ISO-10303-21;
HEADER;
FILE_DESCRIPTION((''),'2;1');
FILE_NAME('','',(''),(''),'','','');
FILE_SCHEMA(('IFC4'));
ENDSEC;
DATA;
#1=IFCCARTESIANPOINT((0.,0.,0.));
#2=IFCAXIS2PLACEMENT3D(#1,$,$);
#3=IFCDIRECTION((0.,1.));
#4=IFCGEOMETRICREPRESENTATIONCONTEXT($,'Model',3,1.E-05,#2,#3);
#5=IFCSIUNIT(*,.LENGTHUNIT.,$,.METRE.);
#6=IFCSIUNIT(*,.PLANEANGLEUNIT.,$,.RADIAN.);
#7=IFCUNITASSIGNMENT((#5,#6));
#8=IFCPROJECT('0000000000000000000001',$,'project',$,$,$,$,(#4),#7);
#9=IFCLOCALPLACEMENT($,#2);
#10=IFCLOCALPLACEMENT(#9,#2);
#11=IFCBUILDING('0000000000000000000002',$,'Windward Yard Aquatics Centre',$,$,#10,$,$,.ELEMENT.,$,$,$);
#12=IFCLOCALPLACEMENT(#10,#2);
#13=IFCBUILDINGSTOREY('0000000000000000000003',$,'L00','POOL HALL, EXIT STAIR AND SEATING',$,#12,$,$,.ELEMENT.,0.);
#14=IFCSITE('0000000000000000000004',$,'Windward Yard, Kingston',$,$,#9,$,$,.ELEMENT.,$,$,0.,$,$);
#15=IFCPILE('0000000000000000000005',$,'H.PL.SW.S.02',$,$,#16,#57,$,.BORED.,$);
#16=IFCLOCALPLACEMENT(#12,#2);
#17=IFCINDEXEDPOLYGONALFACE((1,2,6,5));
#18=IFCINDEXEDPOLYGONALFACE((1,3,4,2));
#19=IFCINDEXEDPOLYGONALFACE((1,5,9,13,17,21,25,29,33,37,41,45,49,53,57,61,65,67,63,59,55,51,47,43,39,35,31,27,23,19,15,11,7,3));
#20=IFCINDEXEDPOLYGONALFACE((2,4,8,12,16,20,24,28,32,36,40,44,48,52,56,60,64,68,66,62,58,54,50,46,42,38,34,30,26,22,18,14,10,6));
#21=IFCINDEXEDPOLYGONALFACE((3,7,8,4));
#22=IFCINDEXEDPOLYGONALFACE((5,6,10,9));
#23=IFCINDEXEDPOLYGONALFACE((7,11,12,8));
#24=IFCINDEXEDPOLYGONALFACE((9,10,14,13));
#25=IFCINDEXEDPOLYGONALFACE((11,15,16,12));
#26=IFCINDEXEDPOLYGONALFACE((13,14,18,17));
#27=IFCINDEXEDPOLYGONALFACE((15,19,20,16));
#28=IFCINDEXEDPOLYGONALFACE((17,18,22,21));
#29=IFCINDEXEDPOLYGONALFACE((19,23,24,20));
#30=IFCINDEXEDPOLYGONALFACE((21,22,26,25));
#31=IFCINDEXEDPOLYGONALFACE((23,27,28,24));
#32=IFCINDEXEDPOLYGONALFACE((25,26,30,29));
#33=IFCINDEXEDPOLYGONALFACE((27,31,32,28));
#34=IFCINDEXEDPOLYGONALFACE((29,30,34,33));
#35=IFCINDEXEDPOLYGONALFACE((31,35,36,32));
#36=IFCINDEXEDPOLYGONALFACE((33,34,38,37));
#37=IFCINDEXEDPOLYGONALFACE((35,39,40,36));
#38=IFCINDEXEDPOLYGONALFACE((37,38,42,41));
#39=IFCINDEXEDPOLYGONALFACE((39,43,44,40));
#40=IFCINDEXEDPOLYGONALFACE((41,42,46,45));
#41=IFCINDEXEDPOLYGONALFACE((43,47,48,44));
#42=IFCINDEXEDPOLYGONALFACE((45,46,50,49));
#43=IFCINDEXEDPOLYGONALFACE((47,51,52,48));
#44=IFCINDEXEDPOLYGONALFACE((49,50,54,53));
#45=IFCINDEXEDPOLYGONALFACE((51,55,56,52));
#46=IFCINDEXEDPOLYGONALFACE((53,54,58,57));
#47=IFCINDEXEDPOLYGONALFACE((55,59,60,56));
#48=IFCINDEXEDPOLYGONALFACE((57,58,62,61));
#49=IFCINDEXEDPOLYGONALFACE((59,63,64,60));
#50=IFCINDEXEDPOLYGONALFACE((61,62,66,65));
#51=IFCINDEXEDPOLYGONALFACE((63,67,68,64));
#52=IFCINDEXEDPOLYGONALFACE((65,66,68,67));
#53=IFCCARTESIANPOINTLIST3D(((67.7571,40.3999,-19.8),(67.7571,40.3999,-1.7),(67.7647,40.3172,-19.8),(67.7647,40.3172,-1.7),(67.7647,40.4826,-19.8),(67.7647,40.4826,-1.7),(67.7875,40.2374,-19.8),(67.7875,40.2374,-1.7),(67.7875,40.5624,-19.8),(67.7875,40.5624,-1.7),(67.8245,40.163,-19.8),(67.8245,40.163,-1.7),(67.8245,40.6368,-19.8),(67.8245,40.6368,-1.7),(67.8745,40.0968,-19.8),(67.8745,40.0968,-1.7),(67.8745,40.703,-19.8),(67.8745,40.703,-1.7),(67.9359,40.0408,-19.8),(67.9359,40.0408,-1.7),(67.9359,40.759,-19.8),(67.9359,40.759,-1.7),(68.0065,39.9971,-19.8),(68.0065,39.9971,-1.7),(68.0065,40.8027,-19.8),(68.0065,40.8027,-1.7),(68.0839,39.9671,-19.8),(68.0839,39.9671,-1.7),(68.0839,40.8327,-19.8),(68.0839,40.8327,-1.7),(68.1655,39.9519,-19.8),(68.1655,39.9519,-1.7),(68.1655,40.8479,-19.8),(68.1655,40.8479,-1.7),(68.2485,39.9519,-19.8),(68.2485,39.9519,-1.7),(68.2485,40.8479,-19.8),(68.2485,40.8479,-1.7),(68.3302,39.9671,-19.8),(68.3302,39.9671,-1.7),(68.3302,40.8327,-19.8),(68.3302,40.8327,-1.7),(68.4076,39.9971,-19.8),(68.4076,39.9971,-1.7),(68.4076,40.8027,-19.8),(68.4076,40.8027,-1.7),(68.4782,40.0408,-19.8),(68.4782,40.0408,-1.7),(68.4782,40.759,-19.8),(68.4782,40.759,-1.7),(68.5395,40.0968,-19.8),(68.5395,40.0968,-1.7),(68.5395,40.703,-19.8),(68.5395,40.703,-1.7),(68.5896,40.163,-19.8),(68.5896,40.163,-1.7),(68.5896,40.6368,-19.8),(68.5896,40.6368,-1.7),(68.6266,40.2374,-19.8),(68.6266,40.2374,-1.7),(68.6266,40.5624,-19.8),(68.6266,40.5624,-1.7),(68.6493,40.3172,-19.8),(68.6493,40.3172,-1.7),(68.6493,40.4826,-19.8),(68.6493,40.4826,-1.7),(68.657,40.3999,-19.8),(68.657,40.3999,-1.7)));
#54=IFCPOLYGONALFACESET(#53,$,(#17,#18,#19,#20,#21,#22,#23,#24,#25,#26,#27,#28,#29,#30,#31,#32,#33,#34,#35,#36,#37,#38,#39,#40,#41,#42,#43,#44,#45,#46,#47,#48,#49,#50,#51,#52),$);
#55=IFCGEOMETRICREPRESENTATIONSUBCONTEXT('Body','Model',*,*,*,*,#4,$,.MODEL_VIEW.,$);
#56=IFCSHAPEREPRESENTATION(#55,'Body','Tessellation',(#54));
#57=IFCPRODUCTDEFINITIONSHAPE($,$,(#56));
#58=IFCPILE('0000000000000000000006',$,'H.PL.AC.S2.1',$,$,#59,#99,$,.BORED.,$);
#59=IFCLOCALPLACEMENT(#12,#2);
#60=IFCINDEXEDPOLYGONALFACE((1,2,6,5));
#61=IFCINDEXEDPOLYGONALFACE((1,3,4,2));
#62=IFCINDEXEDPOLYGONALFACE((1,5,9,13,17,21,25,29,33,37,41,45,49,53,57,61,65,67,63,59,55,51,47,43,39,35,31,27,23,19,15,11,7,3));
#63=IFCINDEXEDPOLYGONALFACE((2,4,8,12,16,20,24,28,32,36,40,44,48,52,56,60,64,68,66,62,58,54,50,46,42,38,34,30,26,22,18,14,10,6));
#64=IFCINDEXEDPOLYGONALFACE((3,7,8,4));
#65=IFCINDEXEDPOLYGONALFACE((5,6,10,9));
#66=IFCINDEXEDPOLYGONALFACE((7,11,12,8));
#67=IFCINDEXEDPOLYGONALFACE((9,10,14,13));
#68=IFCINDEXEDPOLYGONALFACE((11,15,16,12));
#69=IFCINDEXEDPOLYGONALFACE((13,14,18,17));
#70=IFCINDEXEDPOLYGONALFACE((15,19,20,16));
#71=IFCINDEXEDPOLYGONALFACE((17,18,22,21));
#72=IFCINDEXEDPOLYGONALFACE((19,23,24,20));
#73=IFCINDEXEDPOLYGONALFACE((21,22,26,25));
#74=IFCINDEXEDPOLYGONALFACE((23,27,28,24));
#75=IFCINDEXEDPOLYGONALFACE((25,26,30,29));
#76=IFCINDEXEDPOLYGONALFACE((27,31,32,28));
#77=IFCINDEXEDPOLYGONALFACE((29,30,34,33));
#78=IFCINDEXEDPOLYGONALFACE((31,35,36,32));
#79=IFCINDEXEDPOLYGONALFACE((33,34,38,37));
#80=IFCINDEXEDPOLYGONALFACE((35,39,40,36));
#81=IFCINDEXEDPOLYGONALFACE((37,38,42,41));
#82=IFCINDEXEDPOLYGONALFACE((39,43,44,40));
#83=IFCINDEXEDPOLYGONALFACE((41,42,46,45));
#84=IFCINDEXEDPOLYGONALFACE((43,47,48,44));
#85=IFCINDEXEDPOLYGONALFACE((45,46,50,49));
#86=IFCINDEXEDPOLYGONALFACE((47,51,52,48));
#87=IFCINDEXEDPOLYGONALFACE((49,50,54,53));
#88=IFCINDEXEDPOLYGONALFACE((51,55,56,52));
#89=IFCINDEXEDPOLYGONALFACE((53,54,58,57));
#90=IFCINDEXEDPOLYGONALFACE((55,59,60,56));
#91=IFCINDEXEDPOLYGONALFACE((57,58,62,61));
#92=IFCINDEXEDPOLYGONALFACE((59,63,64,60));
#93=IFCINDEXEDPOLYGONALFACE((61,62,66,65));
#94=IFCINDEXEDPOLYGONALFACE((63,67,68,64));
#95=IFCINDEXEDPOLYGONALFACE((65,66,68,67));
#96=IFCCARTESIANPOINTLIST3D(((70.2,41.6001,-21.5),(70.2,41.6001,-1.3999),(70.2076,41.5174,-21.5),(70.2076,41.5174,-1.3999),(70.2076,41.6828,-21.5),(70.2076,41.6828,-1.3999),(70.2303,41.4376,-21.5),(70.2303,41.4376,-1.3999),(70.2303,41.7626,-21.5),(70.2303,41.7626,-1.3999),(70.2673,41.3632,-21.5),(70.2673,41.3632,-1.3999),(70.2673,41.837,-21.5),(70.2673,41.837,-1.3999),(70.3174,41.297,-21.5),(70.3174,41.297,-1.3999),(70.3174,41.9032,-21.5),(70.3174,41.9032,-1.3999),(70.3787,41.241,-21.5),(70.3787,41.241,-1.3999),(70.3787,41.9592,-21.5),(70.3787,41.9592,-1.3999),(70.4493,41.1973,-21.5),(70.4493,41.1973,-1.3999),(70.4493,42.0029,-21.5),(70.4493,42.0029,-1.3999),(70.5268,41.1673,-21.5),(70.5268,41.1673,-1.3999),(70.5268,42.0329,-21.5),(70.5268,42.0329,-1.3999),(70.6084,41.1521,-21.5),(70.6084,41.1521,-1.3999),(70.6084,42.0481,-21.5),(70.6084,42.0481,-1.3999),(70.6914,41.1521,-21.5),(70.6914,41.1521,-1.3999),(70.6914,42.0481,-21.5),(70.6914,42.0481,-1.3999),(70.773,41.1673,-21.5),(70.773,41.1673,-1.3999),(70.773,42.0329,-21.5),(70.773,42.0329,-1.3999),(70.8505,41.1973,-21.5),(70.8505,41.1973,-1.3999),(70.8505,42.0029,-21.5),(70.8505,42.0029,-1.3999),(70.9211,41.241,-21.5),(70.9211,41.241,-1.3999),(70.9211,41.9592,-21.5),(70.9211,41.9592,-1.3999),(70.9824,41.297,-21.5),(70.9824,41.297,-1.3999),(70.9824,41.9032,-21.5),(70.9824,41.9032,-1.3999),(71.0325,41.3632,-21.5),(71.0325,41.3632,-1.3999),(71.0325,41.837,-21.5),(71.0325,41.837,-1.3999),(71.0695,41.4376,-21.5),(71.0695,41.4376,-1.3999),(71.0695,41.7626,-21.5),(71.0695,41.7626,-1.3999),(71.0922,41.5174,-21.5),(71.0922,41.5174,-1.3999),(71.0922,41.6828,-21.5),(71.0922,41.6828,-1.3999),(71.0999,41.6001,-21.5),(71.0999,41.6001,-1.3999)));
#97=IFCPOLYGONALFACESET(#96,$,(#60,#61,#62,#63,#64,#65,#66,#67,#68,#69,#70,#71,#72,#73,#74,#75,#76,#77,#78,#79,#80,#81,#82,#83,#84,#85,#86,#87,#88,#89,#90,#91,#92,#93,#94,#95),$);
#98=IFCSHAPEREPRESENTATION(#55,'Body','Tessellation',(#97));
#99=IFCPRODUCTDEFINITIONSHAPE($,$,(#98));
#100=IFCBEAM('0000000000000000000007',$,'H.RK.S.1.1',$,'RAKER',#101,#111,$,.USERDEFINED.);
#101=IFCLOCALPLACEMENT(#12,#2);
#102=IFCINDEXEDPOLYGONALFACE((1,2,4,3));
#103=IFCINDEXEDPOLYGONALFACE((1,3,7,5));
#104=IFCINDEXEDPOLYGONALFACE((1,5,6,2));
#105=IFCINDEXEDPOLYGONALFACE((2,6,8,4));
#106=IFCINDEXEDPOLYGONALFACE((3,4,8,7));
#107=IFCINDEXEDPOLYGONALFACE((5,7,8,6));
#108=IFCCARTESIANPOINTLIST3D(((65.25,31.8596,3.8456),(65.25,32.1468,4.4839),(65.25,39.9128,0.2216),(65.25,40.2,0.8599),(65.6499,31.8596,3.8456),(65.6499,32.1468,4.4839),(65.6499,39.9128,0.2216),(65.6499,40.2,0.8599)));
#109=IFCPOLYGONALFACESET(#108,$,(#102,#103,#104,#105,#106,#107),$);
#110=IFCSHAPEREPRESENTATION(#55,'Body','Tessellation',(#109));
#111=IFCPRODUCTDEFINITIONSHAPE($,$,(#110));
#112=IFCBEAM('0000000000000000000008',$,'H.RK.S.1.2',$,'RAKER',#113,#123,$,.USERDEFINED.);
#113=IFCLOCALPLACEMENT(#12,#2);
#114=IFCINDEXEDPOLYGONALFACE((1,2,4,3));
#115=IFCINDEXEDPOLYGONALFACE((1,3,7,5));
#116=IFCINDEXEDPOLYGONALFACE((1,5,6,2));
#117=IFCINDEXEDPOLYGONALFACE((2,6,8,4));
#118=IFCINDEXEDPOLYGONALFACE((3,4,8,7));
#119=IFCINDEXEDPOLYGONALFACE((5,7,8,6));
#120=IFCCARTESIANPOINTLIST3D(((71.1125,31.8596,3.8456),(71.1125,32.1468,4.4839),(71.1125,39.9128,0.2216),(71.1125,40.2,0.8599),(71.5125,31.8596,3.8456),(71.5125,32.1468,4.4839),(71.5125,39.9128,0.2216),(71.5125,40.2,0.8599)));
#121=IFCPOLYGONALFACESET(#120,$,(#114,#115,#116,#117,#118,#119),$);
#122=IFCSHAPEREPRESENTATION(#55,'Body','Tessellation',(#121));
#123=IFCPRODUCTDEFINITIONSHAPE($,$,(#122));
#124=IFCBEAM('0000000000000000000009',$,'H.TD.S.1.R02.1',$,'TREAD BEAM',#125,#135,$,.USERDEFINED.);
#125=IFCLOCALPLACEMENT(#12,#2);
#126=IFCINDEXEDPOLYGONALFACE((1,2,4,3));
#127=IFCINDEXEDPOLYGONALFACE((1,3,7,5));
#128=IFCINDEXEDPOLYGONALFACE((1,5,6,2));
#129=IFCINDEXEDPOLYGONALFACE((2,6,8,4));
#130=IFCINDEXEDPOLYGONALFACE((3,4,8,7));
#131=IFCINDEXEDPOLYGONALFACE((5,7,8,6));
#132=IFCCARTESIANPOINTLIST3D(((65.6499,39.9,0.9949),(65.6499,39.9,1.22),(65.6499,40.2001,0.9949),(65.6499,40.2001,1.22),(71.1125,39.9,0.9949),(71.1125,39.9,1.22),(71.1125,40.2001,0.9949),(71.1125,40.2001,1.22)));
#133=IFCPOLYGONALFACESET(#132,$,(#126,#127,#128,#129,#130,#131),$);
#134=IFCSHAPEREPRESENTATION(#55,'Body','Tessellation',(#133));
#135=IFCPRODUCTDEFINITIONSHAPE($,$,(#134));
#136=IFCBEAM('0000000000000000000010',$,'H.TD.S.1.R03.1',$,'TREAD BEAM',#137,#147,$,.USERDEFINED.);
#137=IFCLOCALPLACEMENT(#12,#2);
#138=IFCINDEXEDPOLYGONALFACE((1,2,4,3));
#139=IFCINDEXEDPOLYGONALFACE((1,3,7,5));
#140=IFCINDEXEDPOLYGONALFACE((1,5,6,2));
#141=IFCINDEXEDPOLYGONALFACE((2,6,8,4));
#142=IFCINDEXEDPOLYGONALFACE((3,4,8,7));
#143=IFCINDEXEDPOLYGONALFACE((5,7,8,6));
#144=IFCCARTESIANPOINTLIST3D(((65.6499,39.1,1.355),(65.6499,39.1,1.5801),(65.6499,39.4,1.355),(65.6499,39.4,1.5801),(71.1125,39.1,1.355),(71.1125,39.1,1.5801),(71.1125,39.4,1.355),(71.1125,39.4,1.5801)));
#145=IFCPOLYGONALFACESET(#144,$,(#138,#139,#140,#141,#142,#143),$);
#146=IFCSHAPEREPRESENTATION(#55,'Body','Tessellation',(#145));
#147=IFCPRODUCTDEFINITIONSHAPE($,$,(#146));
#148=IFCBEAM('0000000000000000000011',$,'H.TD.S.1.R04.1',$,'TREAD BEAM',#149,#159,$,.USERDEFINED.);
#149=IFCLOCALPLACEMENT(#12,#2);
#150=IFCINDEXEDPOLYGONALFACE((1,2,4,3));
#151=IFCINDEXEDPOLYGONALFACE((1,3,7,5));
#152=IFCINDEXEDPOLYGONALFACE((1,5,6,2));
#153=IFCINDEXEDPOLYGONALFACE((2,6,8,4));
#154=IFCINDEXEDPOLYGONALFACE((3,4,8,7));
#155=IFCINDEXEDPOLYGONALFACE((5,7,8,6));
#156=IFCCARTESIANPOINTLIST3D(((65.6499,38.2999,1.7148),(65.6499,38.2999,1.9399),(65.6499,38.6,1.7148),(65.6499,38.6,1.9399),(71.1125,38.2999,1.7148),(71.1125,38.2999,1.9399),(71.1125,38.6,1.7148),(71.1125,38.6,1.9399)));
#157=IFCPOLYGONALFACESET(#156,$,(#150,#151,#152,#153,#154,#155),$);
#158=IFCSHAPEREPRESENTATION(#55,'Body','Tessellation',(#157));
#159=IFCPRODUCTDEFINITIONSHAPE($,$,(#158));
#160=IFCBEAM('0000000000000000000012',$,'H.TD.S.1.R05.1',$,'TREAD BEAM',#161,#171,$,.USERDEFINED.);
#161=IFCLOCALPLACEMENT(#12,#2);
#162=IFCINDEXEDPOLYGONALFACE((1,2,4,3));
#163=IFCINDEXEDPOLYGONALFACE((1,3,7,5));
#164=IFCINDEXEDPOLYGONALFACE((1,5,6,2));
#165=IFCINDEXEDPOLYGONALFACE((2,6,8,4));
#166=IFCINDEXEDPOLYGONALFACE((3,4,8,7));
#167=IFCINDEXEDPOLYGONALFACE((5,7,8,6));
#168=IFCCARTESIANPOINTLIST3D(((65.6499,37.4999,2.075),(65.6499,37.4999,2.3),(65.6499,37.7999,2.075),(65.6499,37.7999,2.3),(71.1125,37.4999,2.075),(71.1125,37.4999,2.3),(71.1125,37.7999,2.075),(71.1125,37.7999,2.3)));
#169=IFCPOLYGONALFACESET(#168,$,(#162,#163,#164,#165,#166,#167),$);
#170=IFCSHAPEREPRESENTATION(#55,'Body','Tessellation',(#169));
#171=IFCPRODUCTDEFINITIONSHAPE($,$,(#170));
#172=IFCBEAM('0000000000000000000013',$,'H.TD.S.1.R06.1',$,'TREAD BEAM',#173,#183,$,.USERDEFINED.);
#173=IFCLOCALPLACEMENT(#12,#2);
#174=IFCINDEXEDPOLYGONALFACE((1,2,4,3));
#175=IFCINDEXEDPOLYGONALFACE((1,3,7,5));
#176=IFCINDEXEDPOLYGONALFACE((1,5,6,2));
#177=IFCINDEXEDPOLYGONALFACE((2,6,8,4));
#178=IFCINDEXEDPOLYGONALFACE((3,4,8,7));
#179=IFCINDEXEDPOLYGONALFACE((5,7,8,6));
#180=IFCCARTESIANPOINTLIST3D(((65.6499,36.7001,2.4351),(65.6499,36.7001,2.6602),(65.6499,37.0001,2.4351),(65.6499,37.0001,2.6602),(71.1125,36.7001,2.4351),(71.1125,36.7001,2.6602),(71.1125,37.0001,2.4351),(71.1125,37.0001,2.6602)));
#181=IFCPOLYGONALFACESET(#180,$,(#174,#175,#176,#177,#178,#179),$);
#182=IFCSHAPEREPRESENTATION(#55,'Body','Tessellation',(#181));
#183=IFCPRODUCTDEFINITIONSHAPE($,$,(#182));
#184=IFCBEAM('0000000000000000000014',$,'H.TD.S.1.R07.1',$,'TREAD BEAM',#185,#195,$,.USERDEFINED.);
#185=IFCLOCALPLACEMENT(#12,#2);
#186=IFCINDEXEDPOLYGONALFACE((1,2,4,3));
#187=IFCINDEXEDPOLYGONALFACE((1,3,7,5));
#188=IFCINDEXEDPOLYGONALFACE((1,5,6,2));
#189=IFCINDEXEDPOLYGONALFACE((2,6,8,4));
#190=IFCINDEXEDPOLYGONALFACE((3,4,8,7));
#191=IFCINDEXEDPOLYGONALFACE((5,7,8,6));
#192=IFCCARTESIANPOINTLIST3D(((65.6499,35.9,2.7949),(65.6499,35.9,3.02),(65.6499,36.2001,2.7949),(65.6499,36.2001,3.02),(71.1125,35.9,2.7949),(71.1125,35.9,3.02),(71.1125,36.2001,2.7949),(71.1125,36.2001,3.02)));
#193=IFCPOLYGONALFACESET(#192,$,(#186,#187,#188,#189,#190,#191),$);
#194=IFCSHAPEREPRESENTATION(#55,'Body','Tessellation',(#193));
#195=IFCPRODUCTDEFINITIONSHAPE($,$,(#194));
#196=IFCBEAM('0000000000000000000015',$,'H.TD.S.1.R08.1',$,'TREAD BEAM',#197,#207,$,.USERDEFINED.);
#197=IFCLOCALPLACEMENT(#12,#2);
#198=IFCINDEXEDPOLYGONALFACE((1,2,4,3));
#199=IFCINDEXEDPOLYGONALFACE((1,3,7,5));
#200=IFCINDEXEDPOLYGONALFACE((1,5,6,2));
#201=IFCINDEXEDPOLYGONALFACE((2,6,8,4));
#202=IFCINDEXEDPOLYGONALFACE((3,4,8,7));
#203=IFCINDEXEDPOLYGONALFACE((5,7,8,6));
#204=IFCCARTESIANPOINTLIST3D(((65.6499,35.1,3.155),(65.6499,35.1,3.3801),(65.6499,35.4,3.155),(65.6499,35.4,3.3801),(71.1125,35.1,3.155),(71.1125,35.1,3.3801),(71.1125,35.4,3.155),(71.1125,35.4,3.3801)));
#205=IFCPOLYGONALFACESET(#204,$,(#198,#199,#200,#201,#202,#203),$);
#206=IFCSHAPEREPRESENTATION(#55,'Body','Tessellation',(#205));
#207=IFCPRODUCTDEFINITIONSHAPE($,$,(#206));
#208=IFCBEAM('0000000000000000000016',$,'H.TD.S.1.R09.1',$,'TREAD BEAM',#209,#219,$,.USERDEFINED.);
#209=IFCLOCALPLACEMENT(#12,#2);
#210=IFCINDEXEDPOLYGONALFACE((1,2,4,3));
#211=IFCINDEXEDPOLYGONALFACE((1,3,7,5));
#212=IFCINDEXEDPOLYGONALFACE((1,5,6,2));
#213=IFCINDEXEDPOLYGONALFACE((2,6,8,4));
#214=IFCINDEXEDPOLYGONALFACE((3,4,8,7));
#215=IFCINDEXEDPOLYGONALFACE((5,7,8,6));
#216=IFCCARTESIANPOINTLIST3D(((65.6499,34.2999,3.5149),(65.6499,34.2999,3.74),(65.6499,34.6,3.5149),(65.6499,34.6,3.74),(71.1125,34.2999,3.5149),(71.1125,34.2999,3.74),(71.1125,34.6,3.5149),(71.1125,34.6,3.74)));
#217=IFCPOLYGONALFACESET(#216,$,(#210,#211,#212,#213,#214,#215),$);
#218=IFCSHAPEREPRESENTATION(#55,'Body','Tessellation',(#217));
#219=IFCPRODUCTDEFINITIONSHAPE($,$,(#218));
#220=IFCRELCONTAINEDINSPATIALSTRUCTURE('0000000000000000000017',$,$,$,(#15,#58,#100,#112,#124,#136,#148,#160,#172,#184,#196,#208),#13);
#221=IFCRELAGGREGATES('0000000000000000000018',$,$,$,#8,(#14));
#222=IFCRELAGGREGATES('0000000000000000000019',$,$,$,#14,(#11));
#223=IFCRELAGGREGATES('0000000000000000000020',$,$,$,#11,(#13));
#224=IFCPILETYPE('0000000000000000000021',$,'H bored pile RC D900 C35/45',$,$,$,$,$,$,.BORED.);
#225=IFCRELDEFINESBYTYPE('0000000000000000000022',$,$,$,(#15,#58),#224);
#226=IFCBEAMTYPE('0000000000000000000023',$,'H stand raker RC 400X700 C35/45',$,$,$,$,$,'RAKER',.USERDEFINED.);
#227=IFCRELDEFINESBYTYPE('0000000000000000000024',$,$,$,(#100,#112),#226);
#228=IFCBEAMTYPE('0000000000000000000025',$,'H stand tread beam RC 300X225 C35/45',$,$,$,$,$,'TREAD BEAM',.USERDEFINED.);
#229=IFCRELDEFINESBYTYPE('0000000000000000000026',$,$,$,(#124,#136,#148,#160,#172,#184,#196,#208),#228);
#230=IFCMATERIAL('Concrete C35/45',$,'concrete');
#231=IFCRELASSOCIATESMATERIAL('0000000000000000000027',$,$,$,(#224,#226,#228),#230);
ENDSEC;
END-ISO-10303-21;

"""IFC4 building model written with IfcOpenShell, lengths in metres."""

from ifc_helpers import new_model, si_unit, direction, frame, origin, origin_2d, place, context, subcontext, project, spatial, rectangle, circle, extrude, material, material_profile, profile_set, type_object, element, save


model = new_model("IFC4")

# Units and contexts
model_context = context("Model", 3, precision=1e-05, world=origin(), true_north=direction((0.0, 1.0)))
body_context = subcontext(model_context, "Body", "Model", "MODEL_VIEW")
ifc_project = project(units=[si_unit("LENGTHUNIT", "METRE"), si_unit("PLANEANGLEUNIT", "RADIAN")], contexts=[model_context])

# Site, building, storey
site_placement = place(None, origin())
site = spatial("IfcSite", under=ifc_project, at=site_placement, Name="Windward Yard, Kingston", CompositionType="ELEMENT", RefElevation=0.0)
building_placement = place(site_placement, origin())
building = spatial("IfcBuilding", under=site, at=building_placement, Name="Windward Yard Aquatics Centre", CompositionType="ELEMENT")
storey_placement = place(building_placement, origin())
storey = spatial("IfcBuildingStorey", under=building, at=storey_placement, Name="L00", Description="POOL HALL, EXIT STAIR AND SEATING", CompositionType="ELEMENT", Elevation=0.0)

# Piles
ifc_material_1 = material(Name="Concrete C35/45", Category="concrete")
ifc_material_profile_1 = material_profile(ifc_material_1, circle(Radius=0.45, at=origin_2d()), Name="RC D900")
ifc_profile_set_1 = profile_set([ifc_material_profile_1], Name="Concrete C35/45")
pile_type = type_object("IfcPileType", Name="H bored pile RC D900 C35/45", PredefinedType="BORED", material=ifc_profile_set_1)
pile_1_placement = place(storey_placement, frame((68.207, 40.3999, -1.7), z_axis=(0.0, 0.0, -1.0), x_axis=(1.0, 0.0, 0.0)))
element("IfcPile", 1, at=pile_1_placement, inside=storey, type_object=pile_type, Name="H.PL.SW.S.02", PredefinedType="BORED", context=body_context, shape_type="SweptSolid", body=[
    extrude(circle(Radius=0.45, at=origin_2d()), origin(), (0.0, 0.0, 1.0), 18.1001),
])
pile_2_placement = place(storey_placement, frame((70.6499, 41.6001, -1.3999), z_axis=(0.0, 0.0, -1.0), x_axis=(1.0, 0.0, 0.0)))
element("IfcPile", 2, at=pile_2_placement, inside=storey, type_object=pile_type, Name="H.PL.AC.S2.1", PredefinedType="BORED", context=body_context, shape_type="SweptSolid", body=[
    extrude(circle(Radius=0.45, at=origin_2d()), origin(), (0.0, 0.0, 1.0), 20.1001),
])

# Beams
ifc_material_profile_2 = material_profile(ifc_material_1, rectangle(XDim=0.3999, YDim=0.7, at=origin_2d()), Name="RC 400X700")
ifc_profile_set_2 = profile_set([ifc_material_profile_2], Name="Concrete C35/45")
beam_type_1 = type_object("IfcBeamType", Name="H stand raker RC 400X700 C35/45", ElementType="RAKER", PredefinedType="USERDEFINED", material=ifc_profile_set_2)
for number, where, z_axis, x_axis, name in (
    (3, (65.45, 40.0564, 0.5408), (0.0, -0.911918, 0.410372), (1.0, 0.0, 0.0), "H.RK.S.1.1"),
    (4, (71.3125, 40.0564, 0.5408), (0.0, -0.911918, 0.410372), (1.0, 0.0, 0.0), "H.RK.S.1.2"),
):
    element("IfcBeam", number, at=place(storey_placement, frame(where, z_axis=z_axis, x_axis=x_axis)), inside=storey, type_object=beam_type_1, Name=name, ObjectType="RAKER", PredefinedType="USERDEFINED", context=body_context, shape_type="SweptSolid", body=[
        extrude(rectangle(XDim=0.3999, YDim=0.7, at=origin_2d()), origin(), (0.0, 0.0, 1.0), 8.8311),
    ])
ifc_material_profile_3 = material_profile(ifc_material_1, rectangle(XDim=0.3, YDim=0.2251, at=origin_2d()), Name="RC 300X225")
ifc_profile_set_3 = profile_set([ifc_material_profile_3], Name="Concrete C35/45")
beam_type_2 = type_object("IfcBeamType", Name="H stand tread beam RC 300X225 C35/45", ElementType="TREAD BEAM", PredefinedType="USERDEFINED", material=ifc_profile_set_3)
for number, where, z_axis, x_axis, name in (
    (5, (65.6499, 40.05, 1.1074), (1.0, 0.0, 0.0), (0.0, 1.0, 0.0), "H.TD.S.1.R02.1"),
    (6, (65.6499, 39.25, 1.4675), (1.0, 0.0, 0.0), (0.0, 1.0, 0.0), "H.TD.S.1.R03.1"),
    (7, (65.6499, 38.45, 1.8274), (1.0, 0.0, 0.0), (0.0, 1.0, 0.0), "H.TD.S.1.R04.1"),
    (8, (65.6499, 37.6499, 2.1875), (1.0, 0.0, 0.0), (0.0, 1.0, 0.0), "H.TD.S.1.R05.1"),
    (9, (65.6499, 36.8501, 2.5476), (1.0, 0.0, 0.0), (0.0, 1.0, 0.0), "H.TD.S.1.R06.1"),
    (10, (65.6499, 36.05, 2.9075), (1.0, 0.0, 0.0), (0.0, 1.0, 0.0), "H.TD.S.1.R07.1"),
    (11, (65.6499, 35.25, 3.2676), (1.0, 0.0, 0.0), (0.0, 1.0, 0.0), "H.TD.S.1.R08.1"),
    (12, (65.6499, 34.45, 3.6274), (1.0, 0.0, 0.0), (0.0, 1.0, 0.0), "H.TD.S.1.R09.1"),
):
    element("IfcBeam", number, at=place(storey_placement, frame(where, z_axis=z_axis, x_axis=x_axis)), inside=storey, type_object=beam_type_2, Name=name, ObjectType="TREAD BEAM", PredefinedType="USERDEFINED", context=body_context, shape_type="SweptSolid", body=[
        extrude(rectangle(XDim=0.3, YDim=0.2251, at=origin_2d()), origin(), (0.0, 0.0, 1.0), 5.4626),
    ])

save(model, "model.ifc")
